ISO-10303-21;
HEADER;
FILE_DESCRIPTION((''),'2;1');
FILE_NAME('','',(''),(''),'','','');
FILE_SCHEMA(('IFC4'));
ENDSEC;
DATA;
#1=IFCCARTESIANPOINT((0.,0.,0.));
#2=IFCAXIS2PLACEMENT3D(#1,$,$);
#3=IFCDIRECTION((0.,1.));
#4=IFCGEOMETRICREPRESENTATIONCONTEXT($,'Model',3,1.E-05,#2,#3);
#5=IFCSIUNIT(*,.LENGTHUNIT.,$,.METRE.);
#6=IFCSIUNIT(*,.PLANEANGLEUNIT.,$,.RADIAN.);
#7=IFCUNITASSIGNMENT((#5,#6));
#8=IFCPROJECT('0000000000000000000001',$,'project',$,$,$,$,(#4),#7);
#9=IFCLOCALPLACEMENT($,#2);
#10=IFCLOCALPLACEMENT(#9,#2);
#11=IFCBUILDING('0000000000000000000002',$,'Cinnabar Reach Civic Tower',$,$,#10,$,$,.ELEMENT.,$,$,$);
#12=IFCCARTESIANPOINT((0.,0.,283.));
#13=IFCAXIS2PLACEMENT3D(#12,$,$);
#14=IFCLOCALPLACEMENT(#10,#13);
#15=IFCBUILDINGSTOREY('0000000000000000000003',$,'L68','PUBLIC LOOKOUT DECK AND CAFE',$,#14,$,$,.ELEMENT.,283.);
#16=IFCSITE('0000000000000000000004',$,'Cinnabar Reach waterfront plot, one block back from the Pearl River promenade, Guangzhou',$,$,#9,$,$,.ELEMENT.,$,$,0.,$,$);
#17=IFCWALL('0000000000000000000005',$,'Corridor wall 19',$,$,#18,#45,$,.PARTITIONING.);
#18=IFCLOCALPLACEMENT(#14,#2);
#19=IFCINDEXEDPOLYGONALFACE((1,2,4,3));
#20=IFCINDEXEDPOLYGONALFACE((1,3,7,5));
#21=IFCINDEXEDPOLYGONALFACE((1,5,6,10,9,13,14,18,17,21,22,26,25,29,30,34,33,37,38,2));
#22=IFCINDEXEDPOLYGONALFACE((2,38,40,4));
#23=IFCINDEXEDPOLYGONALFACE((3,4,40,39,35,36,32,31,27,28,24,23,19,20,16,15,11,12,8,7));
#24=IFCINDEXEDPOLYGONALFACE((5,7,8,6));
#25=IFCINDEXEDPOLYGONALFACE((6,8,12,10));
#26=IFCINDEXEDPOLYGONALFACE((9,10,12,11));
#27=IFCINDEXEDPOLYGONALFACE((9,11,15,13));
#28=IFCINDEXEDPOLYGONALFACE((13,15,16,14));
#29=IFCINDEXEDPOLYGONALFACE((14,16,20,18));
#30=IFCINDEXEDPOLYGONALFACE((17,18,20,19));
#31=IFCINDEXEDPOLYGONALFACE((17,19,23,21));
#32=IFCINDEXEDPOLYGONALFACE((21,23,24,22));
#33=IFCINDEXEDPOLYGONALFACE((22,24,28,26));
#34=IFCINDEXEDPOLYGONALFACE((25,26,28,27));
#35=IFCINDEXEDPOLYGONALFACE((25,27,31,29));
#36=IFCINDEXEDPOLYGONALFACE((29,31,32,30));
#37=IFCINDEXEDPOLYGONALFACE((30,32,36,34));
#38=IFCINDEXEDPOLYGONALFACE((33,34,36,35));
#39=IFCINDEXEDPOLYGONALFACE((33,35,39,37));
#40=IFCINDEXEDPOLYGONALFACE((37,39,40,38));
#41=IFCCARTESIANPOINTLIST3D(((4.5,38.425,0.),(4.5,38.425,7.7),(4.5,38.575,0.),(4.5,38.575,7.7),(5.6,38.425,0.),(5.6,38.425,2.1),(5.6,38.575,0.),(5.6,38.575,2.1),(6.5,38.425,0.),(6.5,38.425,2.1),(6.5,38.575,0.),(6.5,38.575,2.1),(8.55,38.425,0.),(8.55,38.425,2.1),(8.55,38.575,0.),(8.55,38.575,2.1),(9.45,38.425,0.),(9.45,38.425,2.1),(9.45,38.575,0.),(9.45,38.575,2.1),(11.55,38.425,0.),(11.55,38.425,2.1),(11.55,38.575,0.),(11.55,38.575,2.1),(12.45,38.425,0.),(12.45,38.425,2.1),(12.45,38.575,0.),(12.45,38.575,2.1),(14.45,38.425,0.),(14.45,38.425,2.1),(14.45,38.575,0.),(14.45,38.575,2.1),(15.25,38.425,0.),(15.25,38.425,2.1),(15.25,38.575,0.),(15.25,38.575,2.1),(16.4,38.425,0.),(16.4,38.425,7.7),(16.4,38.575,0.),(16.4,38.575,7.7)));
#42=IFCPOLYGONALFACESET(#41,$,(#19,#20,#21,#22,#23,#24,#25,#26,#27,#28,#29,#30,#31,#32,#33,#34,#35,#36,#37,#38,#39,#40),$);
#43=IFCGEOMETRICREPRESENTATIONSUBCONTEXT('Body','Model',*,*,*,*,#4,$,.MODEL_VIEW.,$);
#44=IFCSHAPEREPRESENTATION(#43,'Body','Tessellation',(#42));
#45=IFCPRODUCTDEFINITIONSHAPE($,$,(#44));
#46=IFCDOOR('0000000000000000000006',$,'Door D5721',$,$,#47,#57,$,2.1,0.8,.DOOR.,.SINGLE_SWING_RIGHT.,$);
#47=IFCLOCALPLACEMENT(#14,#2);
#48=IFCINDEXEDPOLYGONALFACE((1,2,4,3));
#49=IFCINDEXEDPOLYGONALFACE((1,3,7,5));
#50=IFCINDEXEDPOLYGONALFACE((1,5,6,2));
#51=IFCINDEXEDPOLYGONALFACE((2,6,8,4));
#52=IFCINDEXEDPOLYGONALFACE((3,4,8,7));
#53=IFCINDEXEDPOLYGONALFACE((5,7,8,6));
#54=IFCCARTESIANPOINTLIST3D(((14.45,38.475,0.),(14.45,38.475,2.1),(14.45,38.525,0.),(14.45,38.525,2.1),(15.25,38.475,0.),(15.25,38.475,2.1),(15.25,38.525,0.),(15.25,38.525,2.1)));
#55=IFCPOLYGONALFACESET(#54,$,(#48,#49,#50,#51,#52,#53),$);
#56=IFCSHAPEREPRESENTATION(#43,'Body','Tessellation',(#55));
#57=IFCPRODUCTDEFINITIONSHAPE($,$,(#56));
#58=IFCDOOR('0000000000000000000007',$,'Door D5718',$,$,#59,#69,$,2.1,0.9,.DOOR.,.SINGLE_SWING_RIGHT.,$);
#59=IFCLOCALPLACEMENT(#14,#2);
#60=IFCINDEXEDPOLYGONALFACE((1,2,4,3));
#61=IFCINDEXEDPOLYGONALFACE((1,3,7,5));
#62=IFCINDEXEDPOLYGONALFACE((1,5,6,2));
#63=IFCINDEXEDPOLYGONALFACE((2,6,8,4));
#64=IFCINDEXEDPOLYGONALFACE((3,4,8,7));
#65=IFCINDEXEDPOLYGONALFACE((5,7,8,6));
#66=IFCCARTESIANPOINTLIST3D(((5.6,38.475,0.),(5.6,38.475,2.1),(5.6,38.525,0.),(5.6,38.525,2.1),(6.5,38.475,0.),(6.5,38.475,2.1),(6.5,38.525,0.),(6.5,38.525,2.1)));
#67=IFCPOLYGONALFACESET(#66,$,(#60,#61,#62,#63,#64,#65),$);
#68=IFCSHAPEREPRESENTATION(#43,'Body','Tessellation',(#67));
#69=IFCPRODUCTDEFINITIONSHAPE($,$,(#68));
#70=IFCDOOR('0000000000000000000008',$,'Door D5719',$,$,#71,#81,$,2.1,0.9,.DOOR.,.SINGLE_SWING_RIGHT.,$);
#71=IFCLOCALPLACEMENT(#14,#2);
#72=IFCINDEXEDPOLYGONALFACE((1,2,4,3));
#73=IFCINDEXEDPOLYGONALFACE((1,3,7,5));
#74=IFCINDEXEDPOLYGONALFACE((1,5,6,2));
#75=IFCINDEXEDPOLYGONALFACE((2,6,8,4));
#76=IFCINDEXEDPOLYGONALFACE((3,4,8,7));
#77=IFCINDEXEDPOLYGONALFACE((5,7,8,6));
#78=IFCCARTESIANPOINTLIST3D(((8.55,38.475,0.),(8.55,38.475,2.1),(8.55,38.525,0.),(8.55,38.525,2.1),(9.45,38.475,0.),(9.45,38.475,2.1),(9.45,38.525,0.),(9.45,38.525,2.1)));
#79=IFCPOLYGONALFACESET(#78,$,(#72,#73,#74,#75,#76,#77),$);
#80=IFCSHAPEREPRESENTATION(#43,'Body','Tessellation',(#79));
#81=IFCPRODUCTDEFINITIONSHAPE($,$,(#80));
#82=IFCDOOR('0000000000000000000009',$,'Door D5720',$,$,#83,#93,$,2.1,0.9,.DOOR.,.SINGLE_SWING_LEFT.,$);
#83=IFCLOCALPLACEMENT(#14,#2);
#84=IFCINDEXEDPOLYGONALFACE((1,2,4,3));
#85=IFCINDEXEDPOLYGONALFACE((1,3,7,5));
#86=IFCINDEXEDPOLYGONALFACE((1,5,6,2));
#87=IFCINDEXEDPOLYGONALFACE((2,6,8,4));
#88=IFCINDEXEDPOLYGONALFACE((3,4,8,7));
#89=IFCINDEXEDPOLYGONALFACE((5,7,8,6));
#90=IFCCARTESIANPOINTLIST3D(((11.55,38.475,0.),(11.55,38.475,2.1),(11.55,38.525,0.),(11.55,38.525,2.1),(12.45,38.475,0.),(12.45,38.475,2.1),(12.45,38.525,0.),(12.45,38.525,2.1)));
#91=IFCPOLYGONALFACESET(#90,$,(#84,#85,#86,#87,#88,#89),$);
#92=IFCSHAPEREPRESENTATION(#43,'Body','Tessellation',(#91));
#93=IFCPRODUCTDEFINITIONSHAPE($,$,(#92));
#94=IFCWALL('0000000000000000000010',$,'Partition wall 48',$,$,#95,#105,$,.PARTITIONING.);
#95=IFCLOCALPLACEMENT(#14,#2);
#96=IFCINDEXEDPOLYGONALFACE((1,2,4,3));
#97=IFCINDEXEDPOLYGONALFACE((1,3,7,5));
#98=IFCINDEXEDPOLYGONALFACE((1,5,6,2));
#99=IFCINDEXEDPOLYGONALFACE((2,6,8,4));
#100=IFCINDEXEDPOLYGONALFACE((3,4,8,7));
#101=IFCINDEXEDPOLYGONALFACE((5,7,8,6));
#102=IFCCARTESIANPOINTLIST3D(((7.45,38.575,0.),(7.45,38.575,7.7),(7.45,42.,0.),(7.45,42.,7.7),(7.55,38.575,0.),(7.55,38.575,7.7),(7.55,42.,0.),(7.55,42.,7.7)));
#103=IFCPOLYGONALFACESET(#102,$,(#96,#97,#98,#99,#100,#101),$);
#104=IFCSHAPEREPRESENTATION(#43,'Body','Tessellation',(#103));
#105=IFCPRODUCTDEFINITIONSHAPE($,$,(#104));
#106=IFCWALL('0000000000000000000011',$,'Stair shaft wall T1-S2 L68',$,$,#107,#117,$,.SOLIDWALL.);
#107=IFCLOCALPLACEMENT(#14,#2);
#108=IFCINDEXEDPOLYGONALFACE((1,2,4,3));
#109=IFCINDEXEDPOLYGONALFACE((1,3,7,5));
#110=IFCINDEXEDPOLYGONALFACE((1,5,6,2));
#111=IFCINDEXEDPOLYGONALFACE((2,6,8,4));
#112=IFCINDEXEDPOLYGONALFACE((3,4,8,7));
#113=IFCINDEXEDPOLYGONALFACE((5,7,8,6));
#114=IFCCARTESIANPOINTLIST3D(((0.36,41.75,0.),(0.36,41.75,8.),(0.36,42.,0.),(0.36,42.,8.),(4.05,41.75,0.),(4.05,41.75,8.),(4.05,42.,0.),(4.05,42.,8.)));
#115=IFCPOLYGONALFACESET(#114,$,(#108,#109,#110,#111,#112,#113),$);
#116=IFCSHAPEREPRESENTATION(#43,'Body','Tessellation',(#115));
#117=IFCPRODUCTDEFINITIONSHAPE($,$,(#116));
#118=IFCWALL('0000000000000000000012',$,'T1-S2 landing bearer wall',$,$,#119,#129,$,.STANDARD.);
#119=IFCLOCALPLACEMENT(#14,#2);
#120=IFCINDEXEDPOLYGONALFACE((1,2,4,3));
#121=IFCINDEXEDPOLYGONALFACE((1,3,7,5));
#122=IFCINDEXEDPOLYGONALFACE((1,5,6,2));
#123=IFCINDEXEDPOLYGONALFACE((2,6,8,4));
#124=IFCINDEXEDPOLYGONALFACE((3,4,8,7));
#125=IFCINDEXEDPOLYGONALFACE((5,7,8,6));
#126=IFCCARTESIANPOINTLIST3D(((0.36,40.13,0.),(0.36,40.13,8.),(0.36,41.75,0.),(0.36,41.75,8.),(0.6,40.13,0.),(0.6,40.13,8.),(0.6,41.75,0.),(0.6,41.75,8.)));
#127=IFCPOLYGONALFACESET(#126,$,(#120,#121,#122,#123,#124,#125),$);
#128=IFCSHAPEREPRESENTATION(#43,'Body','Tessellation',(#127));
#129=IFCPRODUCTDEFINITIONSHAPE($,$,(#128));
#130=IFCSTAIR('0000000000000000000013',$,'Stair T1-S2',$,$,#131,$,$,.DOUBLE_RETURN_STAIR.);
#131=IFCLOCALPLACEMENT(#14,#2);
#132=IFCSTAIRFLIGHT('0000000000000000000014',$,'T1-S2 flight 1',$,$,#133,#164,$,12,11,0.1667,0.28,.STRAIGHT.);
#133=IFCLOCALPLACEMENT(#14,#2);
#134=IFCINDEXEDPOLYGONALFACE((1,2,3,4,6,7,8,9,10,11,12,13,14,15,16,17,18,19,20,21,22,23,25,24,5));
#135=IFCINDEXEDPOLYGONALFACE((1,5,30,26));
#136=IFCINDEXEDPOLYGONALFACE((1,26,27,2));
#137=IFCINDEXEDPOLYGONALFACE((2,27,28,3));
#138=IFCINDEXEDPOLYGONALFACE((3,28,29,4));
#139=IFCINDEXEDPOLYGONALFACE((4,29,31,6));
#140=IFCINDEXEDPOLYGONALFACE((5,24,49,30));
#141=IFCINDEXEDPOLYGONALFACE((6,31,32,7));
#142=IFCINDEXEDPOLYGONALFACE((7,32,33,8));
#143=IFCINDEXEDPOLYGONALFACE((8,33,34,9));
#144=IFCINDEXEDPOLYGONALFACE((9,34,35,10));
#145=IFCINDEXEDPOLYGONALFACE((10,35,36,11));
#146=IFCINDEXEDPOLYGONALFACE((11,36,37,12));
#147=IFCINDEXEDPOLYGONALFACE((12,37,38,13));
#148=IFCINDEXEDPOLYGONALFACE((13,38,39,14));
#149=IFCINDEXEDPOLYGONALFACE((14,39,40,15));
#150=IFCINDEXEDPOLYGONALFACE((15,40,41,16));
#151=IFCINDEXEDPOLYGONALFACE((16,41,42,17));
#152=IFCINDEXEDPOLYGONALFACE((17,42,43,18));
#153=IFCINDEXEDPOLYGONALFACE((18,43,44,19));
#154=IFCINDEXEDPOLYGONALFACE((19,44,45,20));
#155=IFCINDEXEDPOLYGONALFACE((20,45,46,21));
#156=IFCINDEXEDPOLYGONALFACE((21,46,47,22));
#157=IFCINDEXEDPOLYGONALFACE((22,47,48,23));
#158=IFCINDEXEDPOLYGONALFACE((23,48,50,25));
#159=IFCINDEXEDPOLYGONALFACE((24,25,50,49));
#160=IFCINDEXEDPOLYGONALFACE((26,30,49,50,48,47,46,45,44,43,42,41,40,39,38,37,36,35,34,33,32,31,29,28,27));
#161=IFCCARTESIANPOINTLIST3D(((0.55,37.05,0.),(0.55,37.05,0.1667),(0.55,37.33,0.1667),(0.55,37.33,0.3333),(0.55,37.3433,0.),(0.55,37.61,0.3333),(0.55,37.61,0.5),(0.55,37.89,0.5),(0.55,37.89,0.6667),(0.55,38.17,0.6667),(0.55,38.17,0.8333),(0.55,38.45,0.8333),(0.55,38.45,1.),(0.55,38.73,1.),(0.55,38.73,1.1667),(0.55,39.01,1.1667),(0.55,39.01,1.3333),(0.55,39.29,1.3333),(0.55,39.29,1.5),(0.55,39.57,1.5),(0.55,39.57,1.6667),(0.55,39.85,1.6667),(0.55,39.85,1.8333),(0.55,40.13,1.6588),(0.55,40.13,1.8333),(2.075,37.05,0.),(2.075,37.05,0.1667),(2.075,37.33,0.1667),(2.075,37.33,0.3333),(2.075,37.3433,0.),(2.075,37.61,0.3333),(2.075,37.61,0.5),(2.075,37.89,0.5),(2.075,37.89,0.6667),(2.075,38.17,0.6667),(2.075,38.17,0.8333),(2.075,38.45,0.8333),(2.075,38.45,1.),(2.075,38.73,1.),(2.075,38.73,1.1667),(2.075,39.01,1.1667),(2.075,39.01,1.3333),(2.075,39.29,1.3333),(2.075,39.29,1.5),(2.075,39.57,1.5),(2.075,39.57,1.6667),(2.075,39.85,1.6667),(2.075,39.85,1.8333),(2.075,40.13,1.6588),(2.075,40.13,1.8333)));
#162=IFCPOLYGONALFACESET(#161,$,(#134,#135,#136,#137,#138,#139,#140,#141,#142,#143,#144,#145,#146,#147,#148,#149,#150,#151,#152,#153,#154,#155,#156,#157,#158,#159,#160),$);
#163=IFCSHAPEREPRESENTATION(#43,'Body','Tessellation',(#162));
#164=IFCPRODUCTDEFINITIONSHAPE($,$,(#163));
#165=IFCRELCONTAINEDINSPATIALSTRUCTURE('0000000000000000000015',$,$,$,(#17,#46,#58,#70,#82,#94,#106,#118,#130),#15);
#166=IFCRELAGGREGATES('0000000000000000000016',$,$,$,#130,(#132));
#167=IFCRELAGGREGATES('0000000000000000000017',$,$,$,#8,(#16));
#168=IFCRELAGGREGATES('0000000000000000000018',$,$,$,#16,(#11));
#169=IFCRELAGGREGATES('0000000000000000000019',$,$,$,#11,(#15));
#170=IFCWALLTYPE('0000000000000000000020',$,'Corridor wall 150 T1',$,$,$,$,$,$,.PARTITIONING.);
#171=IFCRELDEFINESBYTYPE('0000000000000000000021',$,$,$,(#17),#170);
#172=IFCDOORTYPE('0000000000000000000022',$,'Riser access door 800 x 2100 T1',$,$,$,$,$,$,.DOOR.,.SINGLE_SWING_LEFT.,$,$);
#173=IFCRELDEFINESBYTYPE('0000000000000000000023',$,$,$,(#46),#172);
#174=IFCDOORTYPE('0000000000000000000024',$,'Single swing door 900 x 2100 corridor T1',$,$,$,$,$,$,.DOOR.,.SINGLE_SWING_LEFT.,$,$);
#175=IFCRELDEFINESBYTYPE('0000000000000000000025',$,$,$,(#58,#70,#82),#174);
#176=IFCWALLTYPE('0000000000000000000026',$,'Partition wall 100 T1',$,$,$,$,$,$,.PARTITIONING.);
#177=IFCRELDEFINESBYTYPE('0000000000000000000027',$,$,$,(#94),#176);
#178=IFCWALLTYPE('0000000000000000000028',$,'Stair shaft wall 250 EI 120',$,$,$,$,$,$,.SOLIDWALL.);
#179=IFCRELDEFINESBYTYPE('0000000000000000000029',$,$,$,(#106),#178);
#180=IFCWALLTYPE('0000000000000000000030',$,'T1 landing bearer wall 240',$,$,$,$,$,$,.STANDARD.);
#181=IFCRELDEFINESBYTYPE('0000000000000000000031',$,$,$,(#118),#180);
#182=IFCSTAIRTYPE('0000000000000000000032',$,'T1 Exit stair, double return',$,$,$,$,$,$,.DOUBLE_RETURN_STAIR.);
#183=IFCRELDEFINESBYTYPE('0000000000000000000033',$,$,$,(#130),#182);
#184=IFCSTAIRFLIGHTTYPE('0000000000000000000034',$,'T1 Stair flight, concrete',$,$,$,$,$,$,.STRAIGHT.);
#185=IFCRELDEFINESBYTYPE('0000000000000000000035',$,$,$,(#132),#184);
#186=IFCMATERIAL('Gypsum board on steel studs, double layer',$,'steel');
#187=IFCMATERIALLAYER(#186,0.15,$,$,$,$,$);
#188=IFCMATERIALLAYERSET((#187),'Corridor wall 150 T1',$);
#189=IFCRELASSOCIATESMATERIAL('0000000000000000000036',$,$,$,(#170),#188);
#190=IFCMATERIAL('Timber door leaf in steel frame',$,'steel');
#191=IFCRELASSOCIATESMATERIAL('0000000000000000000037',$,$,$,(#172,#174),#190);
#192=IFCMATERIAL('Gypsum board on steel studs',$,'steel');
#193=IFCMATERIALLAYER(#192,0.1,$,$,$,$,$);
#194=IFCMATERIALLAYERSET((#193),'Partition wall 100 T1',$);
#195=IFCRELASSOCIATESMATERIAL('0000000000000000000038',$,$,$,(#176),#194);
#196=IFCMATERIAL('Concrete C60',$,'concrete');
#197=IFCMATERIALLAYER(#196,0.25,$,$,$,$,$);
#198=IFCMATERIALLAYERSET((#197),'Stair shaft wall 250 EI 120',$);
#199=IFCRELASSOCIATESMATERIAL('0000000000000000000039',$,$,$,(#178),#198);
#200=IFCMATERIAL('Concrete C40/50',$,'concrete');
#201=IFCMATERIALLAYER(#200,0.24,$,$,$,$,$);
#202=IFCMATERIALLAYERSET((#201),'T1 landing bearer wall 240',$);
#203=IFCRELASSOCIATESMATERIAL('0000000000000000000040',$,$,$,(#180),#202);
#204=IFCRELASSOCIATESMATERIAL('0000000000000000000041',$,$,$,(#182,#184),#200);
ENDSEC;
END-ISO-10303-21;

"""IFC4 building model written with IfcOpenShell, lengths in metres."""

from ifc_helpers import new_model, si_unit, direction, frame, frame_2d, origin, place, context, subcontext, project, spatial, polyline, rectangle, outline, extrude, material, layer, layer_set, type_object, element, fill, aggregate, save


model = new_model("IFC4")

# Units and contexts
model_context = context("Model", 3, precision=1e-05, world=origin(), true_north=direction((0.0, 1.0)))
body_context = subcontext(model_context, "Body", "Model", "MODEL_VIEW")
ifc_project = project(units=[si_unit("LENGTHUNIT", "METRE"), si_unit("PLANEANGLEUNIT", "RADIAN")], contexts=[model_context])

# Site, building, storey
site_placement = place(None, origin())
site = spatial("IfcSite", under=ifc_project, at=site_placement, Name="Cinnabar Reach waterfront plot, one block back from the Pearl River promenade, Guangzhou", CompositionType="ELEMENT", RefElevation=0.0)
building_placement = place(site_placement, origin())
building = spatial("IfcBuilding", under=site, at=building_placement, Name="Cinnabar Reach Civic Tower", CompositionType="ELEMENT")
storey_placement = place(building_placement, frame((0.0, 0.0, 283.0)))
storey = spatial("IfcBuildingStorey", under=building, at=storey_placement, Name="L68", Description="PUBLIC LOOKOUT DECK AND CAFE", CompositionType="ELEMENT", Elevation=283.0)

# Shared definitions
ifc_material_1 = material(Name="Concrete C60", Category="concrete")

# Shared definitions
ifc_material_2 = material(Name="Timber door leaf in steel frame", Category="steel")

# Wall, openings, doors
ifc_material_3 = material(Name="Gypsum board on steel studs, double layer", Category="steel")
ifc_layer_1 = layer(ifc_material_3, 0.15)
ifc_layer_set_1 = layer_set([ifc_layer_1], Name="Corridor wall 150 T1")
wall_type_1 = type_object("IfcWallType", Name="Corridor wall 150 T1", PredefinedType="PARTITIONING", material=ifc_layer_set_1)
wall_1_placement = place(storey_placement, frame((4.5, 38.5, 0.0), z_axis=(0.0, 0.0, 1.0), x_axis=(1.0, 0.0, 0.0)))
wall_1 = element("IfcWall", 1, at=wall_1_placement, inside=storey, type_object=wall_type_1, Name="Corridor wall 19", PredefinedType="PARTITIONING", context=body_context, shape_type="SweptSolid", body=[
    extrude(rectangle(XDim=11.9, YDim=0.15, at=frame_2d((5.95, 0.0))), origin(), (0.0, 0.0, 1.0), 7.7),
])
opening_1_placement = place(wall_1_placement, frame((1.1, 0.0, 0.0)))
opening_1 = element("IfcOpeningElement", 2, at=opening_1_placement, cuts=wall_1, PredefinedType="OPENING", context=body_context, shape_type="SweptSolid", body=[
    extrude(rectangle(XDim=0.9, YDim=2.1, at=frame_2d((0.45, 1.05))), frame((0.0, 0.085, 0.0), z_axis=(0.0, -1.0, 0.0), x_axis=(1.0, 0.0, 0.0)), (0.0, 0.0, 1.0), 0.17),
])
opening_2_placement = place(wall_1_placement, frame((4.05, 0.0, 0.0)))
opening_2 = element("IfcOpeningElement", 3, at=opening_2_placement, cuts=wall_1, PredefinedType="OPENING", context=body_context, shape_type="SweptSolid", body=[
    extrude(rectangle(XDim=0.9, YDim=2.1, at=frame_2d((0.45, 1.05))), frame((0.0, 0.085, 0.0), z_axis=(0.0, -1.0, 0.0), x_axis=(1.0, 0.0, 0.0)), (0.0, 0.0, 1.0), 0.17),
])
opening_3_placement = place(wall_1_placement, frame((7.05, 0.0, 0.0)))
opening_3 = element("IfcOpeningElement", 4, at=opening_3_placement, cuts=wall_1, PredefinedType="OPENING", context=body_context, shape_type="SweptSolid", body=[
    extrude(rectangle(XDim=0.9, YDim=2.1, at=frame_2d((0.45, 1.05))), frame((0.0, 0.085, 0.0), z_axis=(0.0, -1.0, 0.0), x_axis=(1.0, 0.0, 0.0)), (0.0, 0.0, 1.0), 0.17),
])
opening_4_placement = place(wall_1_placement, frame((9.95, 0.0, 0.0)))
opening_4 = element("IfcOpeningElement", 5, at=opening_4_placement, cuts=wall_1, PredefinedType="OPENING", context=body_context, shape_type="SweptSolid", body=[
    extrude(rectangle(XDim=0.8, YDim=2.1, at=frame_2d((0.4, 1.05))), frame((0.0, 0.085, 0.0), z_axis=(0.0, -1.0, 0.0), x_axis=(1.0, 0.0, 0.0)), (0.0, 0.0, 1.0), 0.17),
])
door_type_1 = type_object("IfcDoorType", Name="Riser access door 800 x 2100 T1", OperationType="SINGLE_SWING_LEFT", PredefinedType="DOOR", material=ifc_material_2)
door_1_placement = place(opening_4_placement, origin())
door_1 = element("IfcDoor", 6, at=door_1_placement, inside=storey, type_object=door_type_1, Name="Door D5721", OperationType="SINGLE_SWING_RIGHT", OverallHeight=2.1, OverallWidth=0.8, PredefinedType="DOOR", context=body_context, shape_type="SweptSolid", body=[
    extrude(rectangle(XDim=0.8, YDim=2.1, at=frame_2d((0.4, 1.05))), frame((0.0, 0.025, 0.0), z_axis=(0.0, -1.0, 0.0), x_axis=(1.0, 0.0, 0.0)), (0.0, 0.0, 1.0), 0.05),
])
fill(opening_4, door_1)
door_type_2 = type_object("IfcDoorType", Name="Single swing door 900 x 2100 corridor T1", OperationType="SINGLE_SWING_LEFT", PredefinedType="DOOR", material=ifc_material_2)
door_2_placement = place(opening_1_placement, origin())
door_2 = element("IfcDoor", 7, at=door_2_placement, inside=storey, type_object=door_type_2, Name="Door D5718", OperationType="SINGLE_SWING_RIGHT", OverallHeight=2.1, OverallWidth=0.9, PredefinedType="DOOR", context=body_context, shape_type="SweptSolid", body=[
    extrude(rectangle(XDim=0.9, YDim=2.1, at=frame_2d((0.45, 1.05))), frame((0.0, 0.025, 0.0), z_axis=(0.0, -1.0, 0.0), x_axis=(1.0, 0.0, 0.0)), (0.0, 0.0, 1.0), 0.05),
])
fill(opening_1, door_2)
door_3_placement = place(opening_2_placement, origin())
door_3 = element("IfcDoor", 8, at=door_3_placement, inside=storey, type_object=door_type_2, Name="Door D5719", OperationType="SINGLE_SWING_RIGHT", OverallHeight=2.1, OverallWidth=0.9, PredefinedType="DOOR", context=body_context, shape_type="SweptSolid", body=[
    extrude(rectangle(XDim=0.9, YDim=2.1, at=frame_2d((0.45, 1.05))), frame((0.0, 0.025, 0.0), z_axis=(0.0, -1.0, 0.0), x_axis=(1.0, 0.0, 0.0)), (0.0, 0.0, 1.0), 0.05),
])
fill(opening_2, door_3)
door_4_placement = place(opening_3_placement, origin())
door_4 = element("IfcDoor", 9, at=door_4_placement, inside=storey, type_object=door_type_2, Name="Door D5720", OperationType="SINGLE_SWING_LEFT", OverallHeight=2.1, OverallWidth=0.9, PredefinedType="DOOR", context=body_context, shape_type="SweptSolid", body=[
    extrude(rectangle(XDim=0.9, YDim=2.1, at=frame_2d((0.45, 1.05))), frame((0.0, 0.025, 0.0), z_axis=(0.0, -1.0, 0.0), x_axis=(1.0, 0.0, 0.0)), (0.0, 0.0, 1.0), 0.05),
])
fill(opening_3, door_4)

# Walls
ifc_material_4 = material(Name="Gypsum board on steel studs", Category="steel")
ifc_layer_2 = layer(ifc_material_4, 0.1)
ifc_layer_set_2 = layer_set([ifc_layer_2], Name="Partition wall 100 T1")
wall_type_2 = type_object("IfcWallType", Name="Partition wall 100 T1", PredefinedType="PARTITIONING", material=ifc_layer_set_2)
wall_2_placement = place(storey_placement, frame((7.5, 38.575, 0.0), z_axis=(0.0, 0.0, 1.0), x_axis=(0.0, 1.0, 0.0)))
element("IfcWall", 10, at=wall_2_placement, inside=storey, type_object=wall_type_2, Name="Partition wall 48", PredefinedType="PARTITIONING", context=body_context, shape_type="SweptSolid", body=[
    extrude(rectangle(XDim=3.425, YDim=0.1, at=frame_2d((1.7125, 0.0))), origin(), (0.0, 0.0, 1.0), 7.7),
])
ifc_layer_3 = layer(ifc_material_1, 0.25)
ifc_layer_set_3 = layer_set([ifc_layer_3], Name="Stair shaft wall 250 EI 120")
wall_type_3 = type_object("IfcWallType", Name="Stair shaft wall 250 EI 120", PredefinedType="SOLIDWALL", material=ifc_layer_set_3)
wall_3_placement = place(storey_placement, frame((4.05, 41.875, 0.0), z_axis=(0.0, 0.0, 1.0), x_axis=(-1.0, 0.0, 0.0)))
element("IfcWall", 11, at=wall_3_placement, inside=storey, type_object=wall_type_3, Name="Stair shaft wall T1-S2 L68", PredefinedType="SOLIDWALL", context=body_context, shape_type="SweptSolid", body=[
    extrude(rectangle(XDim=3.69, YDim=0.25, at=frame_2d((1.845, 0.0))), origin(), (0.0, 0.0, 1.0), 8.0),
])
ifc_material_5 = material(Name="Concrete C40/50", Category="concrete")
ifc_layer_4 = layer(ifc_material_5, 0.24)
ifc_layer_set_4 = layer_set([ifc_layer_4], Name="T1 landing bearer wall 240")
wall_type_4 = type_object("IfcWallType", Name="T1 landing bearer wall 240", PredefinedType="STANDARD", material=ifc_layer_set_4)
wall_4_placement = place(storey_placement, frame((0.48, 40.13, 0.0), z_axis=(0.0, 0.0, 1.0), x_axis=(0.0, 1.0, 0.0)))
element("IfcWall", 12, at=wall_4_placement, inside=storey, type_object=wall_type_4, Name="T1-S2 landing bearer wall", PredefinedType="STANDARD", context=body_context, shape_type="SweptSolid", body=[
    extrude(rectangle(XDim=1.62, YDim=0.24, at=frame_2d((0.81, 0.0))), origin(), (0.0, 0.0, 1.0), 8.0),
])

# Stair, stair flight
stair_type = type_object("IfcStairType", Name="T1 Exit stair, double return", PredefinedType="DOUBLE_RETURN_STAIR", material=ifc_material_5)
stair_placement = place(storey_placement, origin())
stair = element("IfcStair", 13, at=stair_placement, inside=storey, type_object=stair_type, Name="Stair T1-S2", PredefinedType="DOUBLE_RETURN_STAIR")
stair_flight_type = type_object("IfcStairFlightType", Name="T1 Stair flight, concrete", PredefinedType="STRAIGHT", material=ifc_material_5)
stair_flight_1_placement = place(storey_placement, frame((1.3125, 37.05, 0.0), z_axis=(0.0, 0.0, 1.0), x_axis=(0.0, 1.0, 0.0)))
stair_flight_1 = element("IfcStairFlight", 14, at=stair_flight_1_placement, type_object=stair_flight_type, Name="T1-S2 flight 1", NumberOfRisers=12, NumberOfTreads=11, PredefinedType="STRAIGHT", RiserHeight=0.1667, TreadLength=0.28, context=body_context, shape_type="SweptSolid", body=[
    extrude(outline(polyline([(0.0, 0.0), (0.0, 0.1667), (0.28, 0.1667), (0.28, 0.3333), (0.56, 0.3333), (0.56, 0.5), (0.84, 0.5), (0.84, 0.6667), (1.12, 0.6667), (1.12, 0.8333), (1.4, 0.8333), (1.4, 1.0), (1.68, 1.0), (1.68, 1.1667), (1.96, 1.1667), (1.96, 1.3333), (2.24, 1.3333), (2.24, 1.5), (2.52, 1.5), (2.52, 1.6667), (2.8, 1.6667), (2.8, 1.8333), (3.08, 1.8333), (3.08, 2.0), (3.08, 1.6588), (0.2933, 0.0), (0.0, 0.0)])), frame((0.0, 0.7625, 0.0), z_axis=(0.0, -1.0, 0.0), x_axis=(1.0, 0.0, 0.0)), (0.0, 0.0, 1.0), 1.525),
])
aggregate(stair, [stair_flight_1])

save(model, "model.ifc")
